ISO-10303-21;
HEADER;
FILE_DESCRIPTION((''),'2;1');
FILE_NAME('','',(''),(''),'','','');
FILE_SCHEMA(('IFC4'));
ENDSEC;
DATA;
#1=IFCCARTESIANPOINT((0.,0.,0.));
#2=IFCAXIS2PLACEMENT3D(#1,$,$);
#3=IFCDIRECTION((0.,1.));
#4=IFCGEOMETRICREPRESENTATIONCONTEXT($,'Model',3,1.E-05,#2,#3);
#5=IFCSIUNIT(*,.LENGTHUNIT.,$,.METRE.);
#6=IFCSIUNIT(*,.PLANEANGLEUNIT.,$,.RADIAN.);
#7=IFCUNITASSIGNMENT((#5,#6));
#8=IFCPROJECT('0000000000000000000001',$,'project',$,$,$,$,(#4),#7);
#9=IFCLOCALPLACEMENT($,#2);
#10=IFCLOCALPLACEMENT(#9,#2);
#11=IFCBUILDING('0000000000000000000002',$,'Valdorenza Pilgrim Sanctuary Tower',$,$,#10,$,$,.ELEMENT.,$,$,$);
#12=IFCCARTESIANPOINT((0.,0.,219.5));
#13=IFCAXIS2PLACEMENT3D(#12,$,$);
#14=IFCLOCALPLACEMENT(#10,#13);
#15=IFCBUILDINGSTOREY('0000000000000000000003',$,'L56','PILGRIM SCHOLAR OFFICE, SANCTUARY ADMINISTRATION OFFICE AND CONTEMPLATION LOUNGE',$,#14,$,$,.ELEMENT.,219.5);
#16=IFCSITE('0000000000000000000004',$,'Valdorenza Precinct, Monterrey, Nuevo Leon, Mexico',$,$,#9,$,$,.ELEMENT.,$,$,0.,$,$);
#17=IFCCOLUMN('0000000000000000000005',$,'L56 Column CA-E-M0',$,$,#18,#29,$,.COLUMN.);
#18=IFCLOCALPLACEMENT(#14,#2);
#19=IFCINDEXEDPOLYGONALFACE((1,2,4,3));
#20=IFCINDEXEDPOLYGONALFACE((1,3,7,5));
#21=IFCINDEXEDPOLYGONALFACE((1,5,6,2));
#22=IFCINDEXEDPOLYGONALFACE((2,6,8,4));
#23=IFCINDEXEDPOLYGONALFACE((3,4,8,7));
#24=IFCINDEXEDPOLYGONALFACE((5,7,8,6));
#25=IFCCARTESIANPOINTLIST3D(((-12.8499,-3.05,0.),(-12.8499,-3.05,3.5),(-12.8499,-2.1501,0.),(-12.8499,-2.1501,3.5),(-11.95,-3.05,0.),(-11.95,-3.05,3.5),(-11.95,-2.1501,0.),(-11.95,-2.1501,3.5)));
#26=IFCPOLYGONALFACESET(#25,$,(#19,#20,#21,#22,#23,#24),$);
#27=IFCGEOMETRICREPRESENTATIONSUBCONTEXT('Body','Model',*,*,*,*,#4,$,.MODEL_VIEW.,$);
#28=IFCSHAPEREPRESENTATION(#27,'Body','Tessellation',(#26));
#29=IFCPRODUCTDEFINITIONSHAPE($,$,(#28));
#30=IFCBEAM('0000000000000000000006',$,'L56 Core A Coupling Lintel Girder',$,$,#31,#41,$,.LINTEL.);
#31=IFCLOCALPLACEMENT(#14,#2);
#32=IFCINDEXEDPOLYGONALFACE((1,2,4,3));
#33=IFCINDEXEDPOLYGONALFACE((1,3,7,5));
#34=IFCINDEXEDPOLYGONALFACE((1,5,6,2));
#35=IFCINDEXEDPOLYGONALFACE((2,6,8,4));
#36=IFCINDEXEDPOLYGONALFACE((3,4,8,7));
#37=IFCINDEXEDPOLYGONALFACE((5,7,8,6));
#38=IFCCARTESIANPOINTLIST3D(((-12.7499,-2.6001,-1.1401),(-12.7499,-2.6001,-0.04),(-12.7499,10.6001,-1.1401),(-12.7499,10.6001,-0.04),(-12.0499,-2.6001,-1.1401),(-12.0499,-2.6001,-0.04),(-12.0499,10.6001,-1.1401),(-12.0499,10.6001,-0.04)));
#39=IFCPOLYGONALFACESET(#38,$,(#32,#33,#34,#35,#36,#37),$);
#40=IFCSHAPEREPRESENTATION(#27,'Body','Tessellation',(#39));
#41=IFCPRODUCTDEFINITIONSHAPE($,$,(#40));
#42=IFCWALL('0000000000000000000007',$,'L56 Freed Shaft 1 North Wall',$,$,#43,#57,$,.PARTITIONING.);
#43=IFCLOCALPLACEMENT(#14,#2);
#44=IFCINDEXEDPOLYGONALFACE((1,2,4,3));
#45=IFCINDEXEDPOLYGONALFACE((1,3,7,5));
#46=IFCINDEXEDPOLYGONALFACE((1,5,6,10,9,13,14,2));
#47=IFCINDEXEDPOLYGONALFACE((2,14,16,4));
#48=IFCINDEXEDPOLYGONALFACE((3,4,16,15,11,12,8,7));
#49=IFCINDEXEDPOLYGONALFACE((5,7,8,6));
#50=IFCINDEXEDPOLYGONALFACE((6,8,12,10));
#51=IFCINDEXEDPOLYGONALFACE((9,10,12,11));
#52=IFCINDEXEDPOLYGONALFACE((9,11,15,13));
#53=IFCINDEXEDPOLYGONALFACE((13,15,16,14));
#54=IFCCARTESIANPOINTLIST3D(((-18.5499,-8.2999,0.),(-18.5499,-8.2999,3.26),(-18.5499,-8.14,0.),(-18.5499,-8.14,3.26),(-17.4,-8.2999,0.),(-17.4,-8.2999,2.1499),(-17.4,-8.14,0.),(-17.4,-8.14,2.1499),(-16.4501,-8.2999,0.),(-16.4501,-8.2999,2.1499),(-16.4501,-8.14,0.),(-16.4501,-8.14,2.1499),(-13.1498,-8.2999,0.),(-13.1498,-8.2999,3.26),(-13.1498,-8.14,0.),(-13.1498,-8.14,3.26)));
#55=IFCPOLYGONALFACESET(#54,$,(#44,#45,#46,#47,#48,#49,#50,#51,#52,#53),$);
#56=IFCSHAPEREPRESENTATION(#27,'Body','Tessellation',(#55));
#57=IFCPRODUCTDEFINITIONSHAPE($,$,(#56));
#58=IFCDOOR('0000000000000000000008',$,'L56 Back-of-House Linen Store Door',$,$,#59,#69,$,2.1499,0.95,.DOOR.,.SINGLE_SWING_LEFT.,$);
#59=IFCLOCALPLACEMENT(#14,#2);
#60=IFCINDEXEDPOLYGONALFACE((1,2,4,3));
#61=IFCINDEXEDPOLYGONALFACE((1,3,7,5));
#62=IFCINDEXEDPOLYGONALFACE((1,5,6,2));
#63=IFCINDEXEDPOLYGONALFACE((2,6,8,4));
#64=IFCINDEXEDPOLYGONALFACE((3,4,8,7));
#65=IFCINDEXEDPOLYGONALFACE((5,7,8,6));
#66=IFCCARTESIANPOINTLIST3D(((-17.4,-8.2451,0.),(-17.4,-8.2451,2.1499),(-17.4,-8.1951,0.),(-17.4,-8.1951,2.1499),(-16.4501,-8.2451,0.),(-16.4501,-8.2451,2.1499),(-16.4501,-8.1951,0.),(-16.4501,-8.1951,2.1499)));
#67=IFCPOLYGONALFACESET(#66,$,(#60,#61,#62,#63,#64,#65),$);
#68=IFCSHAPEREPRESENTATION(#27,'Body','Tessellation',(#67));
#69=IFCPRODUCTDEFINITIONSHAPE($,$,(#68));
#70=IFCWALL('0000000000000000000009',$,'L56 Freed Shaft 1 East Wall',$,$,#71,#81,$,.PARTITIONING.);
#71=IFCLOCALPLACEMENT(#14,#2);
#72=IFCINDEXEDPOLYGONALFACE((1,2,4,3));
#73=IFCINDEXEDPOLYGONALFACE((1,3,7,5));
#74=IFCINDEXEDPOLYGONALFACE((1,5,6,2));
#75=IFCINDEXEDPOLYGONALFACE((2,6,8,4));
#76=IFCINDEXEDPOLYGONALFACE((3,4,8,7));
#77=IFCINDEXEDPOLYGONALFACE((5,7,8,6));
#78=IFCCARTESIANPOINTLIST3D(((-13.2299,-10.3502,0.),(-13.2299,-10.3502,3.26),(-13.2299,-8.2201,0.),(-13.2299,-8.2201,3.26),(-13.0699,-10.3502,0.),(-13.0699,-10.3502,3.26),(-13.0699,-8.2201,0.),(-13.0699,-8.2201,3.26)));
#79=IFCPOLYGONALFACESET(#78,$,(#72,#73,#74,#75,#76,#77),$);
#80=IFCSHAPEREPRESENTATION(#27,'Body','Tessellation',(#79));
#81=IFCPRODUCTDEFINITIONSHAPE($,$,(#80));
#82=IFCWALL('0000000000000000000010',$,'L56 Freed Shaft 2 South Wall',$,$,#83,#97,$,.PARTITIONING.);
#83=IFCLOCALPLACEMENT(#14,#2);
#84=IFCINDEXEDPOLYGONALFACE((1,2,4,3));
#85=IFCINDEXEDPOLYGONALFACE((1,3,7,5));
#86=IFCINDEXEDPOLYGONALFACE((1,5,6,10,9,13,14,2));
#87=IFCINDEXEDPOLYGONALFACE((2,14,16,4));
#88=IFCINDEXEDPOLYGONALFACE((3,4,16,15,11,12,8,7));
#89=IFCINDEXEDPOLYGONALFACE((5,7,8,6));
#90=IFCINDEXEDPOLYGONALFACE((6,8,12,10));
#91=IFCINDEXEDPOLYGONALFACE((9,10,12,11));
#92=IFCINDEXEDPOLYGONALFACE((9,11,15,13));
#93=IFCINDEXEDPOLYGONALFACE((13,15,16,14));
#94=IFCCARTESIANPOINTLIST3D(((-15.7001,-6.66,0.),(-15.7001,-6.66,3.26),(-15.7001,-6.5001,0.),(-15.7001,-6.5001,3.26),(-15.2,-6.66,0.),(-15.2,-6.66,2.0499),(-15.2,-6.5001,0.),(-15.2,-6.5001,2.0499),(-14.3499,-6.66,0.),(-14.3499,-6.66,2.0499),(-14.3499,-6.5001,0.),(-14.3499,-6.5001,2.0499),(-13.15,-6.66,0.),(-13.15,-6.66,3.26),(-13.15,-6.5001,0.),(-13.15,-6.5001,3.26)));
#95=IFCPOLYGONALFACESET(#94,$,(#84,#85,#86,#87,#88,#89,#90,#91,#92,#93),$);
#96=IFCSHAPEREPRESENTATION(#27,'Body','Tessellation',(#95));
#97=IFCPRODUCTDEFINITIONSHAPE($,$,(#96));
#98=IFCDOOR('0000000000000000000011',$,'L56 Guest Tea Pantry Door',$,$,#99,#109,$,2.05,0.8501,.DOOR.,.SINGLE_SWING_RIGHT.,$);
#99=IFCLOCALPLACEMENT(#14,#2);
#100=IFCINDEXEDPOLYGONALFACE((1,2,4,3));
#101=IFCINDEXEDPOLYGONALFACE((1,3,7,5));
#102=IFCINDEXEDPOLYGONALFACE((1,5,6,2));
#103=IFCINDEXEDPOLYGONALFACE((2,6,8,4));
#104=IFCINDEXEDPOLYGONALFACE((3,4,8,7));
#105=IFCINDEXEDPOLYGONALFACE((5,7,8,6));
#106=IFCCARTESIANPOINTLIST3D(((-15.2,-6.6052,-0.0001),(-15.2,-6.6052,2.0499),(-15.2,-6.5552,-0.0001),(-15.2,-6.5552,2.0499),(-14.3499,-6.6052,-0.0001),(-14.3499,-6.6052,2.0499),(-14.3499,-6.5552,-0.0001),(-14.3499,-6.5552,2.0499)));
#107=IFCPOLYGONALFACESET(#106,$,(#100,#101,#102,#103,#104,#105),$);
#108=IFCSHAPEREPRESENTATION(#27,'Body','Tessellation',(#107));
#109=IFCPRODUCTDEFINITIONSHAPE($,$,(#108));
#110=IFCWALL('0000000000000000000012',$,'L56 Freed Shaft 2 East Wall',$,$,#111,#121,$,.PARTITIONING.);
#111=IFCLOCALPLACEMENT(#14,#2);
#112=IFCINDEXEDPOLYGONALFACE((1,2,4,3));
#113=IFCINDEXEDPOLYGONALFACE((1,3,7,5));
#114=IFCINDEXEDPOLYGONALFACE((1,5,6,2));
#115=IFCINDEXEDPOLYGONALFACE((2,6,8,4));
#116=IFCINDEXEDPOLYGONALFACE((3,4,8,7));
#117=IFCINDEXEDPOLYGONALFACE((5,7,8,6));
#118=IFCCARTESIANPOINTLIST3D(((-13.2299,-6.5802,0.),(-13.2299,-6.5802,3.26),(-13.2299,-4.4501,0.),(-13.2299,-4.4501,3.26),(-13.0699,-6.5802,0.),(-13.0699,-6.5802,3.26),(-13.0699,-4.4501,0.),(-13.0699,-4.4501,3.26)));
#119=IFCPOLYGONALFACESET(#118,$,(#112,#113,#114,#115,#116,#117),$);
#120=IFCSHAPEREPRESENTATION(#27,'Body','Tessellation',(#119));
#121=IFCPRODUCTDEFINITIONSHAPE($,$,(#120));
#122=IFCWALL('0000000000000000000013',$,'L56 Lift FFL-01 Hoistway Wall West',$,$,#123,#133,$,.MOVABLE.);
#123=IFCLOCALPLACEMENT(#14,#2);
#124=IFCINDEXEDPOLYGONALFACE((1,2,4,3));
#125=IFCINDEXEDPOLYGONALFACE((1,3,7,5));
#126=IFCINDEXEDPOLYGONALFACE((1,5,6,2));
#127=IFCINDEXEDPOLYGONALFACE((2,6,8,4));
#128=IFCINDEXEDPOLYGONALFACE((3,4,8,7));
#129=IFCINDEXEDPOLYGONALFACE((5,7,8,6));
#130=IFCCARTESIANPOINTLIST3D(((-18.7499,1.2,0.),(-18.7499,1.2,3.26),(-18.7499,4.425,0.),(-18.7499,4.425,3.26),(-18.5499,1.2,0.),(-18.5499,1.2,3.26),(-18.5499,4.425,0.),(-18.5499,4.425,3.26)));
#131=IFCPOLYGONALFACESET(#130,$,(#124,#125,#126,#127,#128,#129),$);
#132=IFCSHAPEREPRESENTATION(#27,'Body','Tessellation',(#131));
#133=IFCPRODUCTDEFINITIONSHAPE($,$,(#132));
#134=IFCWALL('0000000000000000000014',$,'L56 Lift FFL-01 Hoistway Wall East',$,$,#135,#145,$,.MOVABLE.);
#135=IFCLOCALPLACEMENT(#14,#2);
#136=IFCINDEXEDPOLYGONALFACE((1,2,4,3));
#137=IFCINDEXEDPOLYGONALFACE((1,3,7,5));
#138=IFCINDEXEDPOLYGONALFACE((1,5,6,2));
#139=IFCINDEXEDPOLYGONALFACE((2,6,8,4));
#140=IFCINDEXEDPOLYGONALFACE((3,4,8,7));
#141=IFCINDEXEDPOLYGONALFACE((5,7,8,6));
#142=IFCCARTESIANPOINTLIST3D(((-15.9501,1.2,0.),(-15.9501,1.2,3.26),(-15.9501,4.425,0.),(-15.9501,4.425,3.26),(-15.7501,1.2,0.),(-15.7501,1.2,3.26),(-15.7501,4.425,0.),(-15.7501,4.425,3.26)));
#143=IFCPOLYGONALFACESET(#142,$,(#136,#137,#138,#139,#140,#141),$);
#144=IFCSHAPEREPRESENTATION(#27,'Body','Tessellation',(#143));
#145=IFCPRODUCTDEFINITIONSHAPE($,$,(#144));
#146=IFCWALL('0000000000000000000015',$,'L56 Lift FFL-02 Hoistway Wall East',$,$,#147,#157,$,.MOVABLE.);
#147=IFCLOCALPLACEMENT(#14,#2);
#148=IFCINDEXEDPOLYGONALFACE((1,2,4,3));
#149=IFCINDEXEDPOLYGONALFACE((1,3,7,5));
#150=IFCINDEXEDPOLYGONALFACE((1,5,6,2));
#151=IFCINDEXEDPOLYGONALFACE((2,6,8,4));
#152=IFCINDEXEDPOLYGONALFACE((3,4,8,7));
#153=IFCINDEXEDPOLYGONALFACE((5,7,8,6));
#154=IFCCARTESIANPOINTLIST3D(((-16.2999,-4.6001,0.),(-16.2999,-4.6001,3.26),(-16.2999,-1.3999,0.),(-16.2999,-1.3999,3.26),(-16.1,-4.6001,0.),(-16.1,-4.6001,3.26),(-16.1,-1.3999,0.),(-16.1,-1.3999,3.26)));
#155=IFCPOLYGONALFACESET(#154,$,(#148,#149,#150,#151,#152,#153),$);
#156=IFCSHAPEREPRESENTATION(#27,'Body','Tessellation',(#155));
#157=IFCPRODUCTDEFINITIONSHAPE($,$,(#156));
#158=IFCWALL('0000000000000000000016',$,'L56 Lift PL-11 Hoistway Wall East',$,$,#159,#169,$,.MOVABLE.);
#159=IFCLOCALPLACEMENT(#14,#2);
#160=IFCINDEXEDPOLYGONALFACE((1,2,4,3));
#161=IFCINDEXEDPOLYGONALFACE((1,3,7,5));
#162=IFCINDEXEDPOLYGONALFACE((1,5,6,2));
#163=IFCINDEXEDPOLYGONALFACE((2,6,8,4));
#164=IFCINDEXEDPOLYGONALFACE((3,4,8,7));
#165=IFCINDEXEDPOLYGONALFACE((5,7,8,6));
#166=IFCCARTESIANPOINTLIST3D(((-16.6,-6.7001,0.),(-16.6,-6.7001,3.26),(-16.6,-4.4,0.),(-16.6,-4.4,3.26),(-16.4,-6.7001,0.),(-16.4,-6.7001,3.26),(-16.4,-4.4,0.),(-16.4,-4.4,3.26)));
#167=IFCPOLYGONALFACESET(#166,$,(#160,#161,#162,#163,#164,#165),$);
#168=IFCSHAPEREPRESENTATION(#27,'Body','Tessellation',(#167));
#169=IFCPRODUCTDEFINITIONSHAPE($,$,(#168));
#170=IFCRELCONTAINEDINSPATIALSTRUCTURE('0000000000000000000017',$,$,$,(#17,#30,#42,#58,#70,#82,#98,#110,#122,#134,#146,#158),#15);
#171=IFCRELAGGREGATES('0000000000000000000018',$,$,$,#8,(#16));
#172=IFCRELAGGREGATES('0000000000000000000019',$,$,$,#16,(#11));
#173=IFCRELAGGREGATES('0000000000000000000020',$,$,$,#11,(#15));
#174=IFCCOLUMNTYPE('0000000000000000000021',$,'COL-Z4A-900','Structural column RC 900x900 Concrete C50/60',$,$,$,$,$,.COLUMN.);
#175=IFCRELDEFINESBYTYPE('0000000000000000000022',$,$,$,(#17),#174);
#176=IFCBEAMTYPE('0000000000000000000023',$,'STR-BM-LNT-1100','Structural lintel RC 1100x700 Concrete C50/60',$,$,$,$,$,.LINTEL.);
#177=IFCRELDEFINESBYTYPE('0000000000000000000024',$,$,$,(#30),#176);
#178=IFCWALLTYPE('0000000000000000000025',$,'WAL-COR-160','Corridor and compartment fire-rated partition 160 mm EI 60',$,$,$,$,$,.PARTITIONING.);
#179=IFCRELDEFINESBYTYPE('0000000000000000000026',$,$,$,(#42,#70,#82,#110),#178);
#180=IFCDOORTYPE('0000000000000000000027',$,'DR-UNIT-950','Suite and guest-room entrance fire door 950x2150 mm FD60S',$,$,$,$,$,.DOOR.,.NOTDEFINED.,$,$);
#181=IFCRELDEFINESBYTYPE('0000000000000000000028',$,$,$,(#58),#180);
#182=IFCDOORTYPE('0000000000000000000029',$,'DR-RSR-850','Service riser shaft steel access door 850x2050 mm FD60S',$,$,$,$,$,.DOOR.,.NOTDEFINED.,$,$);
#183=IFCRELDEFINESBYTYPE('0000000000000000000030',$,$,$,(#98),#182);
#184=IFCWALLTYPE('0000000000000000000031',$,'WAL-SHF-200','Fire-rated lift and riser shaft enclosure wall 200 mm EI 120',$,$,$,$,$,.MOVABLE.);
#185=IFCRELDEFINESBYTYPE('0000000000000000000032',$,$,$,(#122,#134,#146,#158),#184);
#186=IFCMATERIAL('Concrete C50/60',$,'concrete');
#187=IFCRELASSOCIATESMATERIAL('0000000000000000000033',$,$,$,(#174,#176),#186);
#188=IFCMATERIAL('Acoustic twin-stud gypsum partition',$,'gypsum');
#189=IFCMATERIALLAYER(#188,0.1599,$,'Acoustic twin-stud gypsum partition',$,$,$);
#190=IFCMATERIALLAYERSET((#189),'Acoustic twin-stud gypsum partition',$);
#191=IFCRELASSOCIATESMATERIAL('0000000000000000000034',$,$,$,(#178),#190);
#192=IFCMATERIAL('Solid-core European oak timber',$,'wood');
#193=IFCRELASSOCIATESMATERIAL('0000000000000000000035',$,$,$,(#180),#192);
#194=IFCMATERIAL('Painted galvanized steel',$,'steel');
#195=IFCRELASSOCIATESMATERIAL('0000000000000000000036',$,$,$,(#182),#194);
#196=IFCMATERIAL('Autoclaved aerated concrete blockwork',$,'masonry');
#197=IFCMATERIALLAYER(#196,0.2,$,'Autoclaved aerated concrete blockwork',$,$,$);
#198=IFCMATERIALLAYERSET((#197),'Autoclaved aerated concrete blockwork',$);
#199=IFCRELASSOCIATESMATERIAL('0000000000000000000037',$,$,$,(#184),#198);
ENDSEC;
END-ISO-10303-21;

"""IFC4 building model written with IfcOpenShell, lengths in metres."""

from ifc_helpers import new_model, si_unit, direction, frame, frame_2d, origin, origin_2d, place, context, subcontext, project, spatial, rectangle, extrude, source, transform, mapped, material, layer, layer_set, material_profile, profile_set, type_object, element, fill, save


model = new_model("IFC4")

# Units and contexts
model_context = context("Model", 3, precision=1e-05, world=origin(), true_north=direction((0.0, 1.0)))
body_context = subcontext(model_context, "Body", "Model", "MODEL_VIEW")
ifc_project = project(units=[si_unit("LENGTHUNIT", "METRE"), si_unit("PLANEANGLEUNIT", "RADIAN")], contexts=[model_context])

# Site, building, storey
site_placement = place(None, origin())
site = spatial("IfcSite", under=ifc_project, at=site_placement, Name="Valdorenza Precinct, Monterrey, Nuevo Leon, Mexico", CompositionType="ELEMENT", RefElevation=0.0)
building_placement = place(site_placement, origin())
building = spatial("IfcBuilding", under=site, at=building_placement, Name="Valdorenza Pilgrim Sanctuary Tower", CompositionType="ELEMENT")
storey_placement = place(building_placement, frame((0.0, 0.0, 219.5)))
storey = spatial("IfcBuildingStorey", under=building, at=storey_placement, Name="L56", Description="PILGRIM SCHOLAR OFFICE, SANCTUARY ADMINISTRATION OFFICE AND CONTEMPLATION LOUNGE", CompositionType="ELEMENT", Elevation=219.5)

# Column
ifc_material_1 = material(Name="Concrete C50/60", Category="concrete")
ifc_material_profile_1 = material_profile(ifc_material_1, rectangle(XDim=0.8999, YDim=0.8999, at=origin_2d()), Name="RC 900x900")
ifc_profile_set_1 = profile_set([ifc_material_profile_1], Name="Concrete C50/60")
column_type = type_object("IfcColumnType", Name="COL-Z4A-900", Description="Structural column RC 900x900 Concrete C50/60", PredefinedType="COLUMN", material=ifc_profile_set_1)
shared_shape_1 = source(origin(), body_context, "Body", "SweptSolid", [
    extrude(rectangle(XDim=0.8999, YDim=0.8999, at=origin_2d()), origin(), (0.0, 0.0, 1.0), 3.5),
])
column_placement = place(storey_placement, frame((-12.3999, -2.6001, 0.0), z_axis=(0.0, 0.0, 1.0), x_axis=(1.0, 0.0, 0.0)))
element("IfcColumn", 1, at=column_placement, inside=storey, type_object=column_type, Name="L56 Column CA-E-M0", PredefinedType="COLUMN", context=body_context, shape_type="MappedRepresentation", body=[
    mapped(shared_shape_1, transform((0.0, 0.0, 0.0), x_axis=(1.0, 0.0, 0.0), y_axis=(0.0, 1.0, 0.0), z_axis=(0.0, 0.0, 1.0), scale=1.0)),
])

# Beam
ifc_material_profile_2 = material_profile(ifc_material_1, rectangle(XDim=0.7, YDim=1.1001, at=origin_2d()), Name="RC 1100x700")
ifc_profile_set_2 = profile_set([ifc_material_profile_2], Name="Concrete C50/60")
beam_type = type_object("IfcBeamType", Name="STR-BM-LNT-1100", Description="Structural lintel RC 1100x700 Concrete C50/60", PredefinedType="LINTEL", material=ifc_profile_set_2)
shared_shape_2 = source(origin(), body_context, "Body", "SweptSolid", [
    extrude(rectangle(XDim=0.7, YDim=1.1001, at=origin_2d()), origin(), (0.0, 0.0, 1.0), 13.2002),
])
beam_placement = place(storey_placement, frame((-12.3999, -2.6001, -0.5901), z_axis=(0.0, 1.0, 0.0), x_axis=(-1.0, 0.0, 0.0)))
element("IfcBeam", 2, at=beam_placement, inside=storey, type_object=beam_type, Name="L56 Core A Coupling Lintel Girder", PredefinedType="LINTEL", context=body_context, shape_type="MappedRepresentation", body=[
    mapped(shared_shape_2, transform((0.0, 0.0, 0.0), x_axis=(1.0, 0.0, 0.0), y_axis=(0.0, 1.0, 0.0), z_axis=(0.0, 0.0, 1.0), scale=1.0)),
])

# Wall, opening, door
ifc_material_2 = material(Name="Acoustic twin-stud gypsum partition", Category="gypsum")
ifc_layer_1 = layer(ifc_material_2, 0.1599, Name="Acoustic twin-stud gypsum partition")
ifc_layer_set_1 = layer_set([ifc_layer_1], Name="Acoustic twin-stud gypsum partition")
wall_type_1 = type_object("IfcWallType", Name="WAL-COR-160", Description="Corridor and compartment fire-rated partition 160 mm EI 60", PredefinedType="PARTITIONING", material=ifc_layer_set_1)
wall_1_placement = place(storey_placement, frame((-18.55, -8.22, 0.0), z_axis=(0.0, 0.0, 1.0), x_axis=(1.0, 0.0, 0.0)))
wall_1 = element("IfcWall", 3, at=wall_1_placement, inside=storey, type_object=wall_type_1, Name="L56 Freed Shaft 1 North Wall", PredefinedType="PARTITIONING", context=body_context, shape_type="SweptSolid", body=[
    extrude(rectangle(XDim=5.4001, YDim=0.1599, at=frame_2d((2.7002, 0.0))), origin(), (0.0, 0.0, 1.0), 3.26),
])
opening_1_placement = place(wall_1_placement, frame((1.1499, 0.0, 0.0)))
opening_1 = element("IfcOpeningElement", 4, at=opening_1_placement, cuts=wall_1, PredefinedType="OPENING", context=body_context, shape_type="SweptSolid", body=[
    extrude(rectangle(XDim=0.95, YDim=2.1499, at=frame_2d((0.4751, 1.075))), frame((0.0, 0.0947, 0.0), z_axis=(0.0, -1.0, 0.0), x_axis=(1.0, 0.0, 0.0)), (0.0, 0.0, 1.0), 0.1897),
])
ifc_material_3 = material(Name="Solid-core European oak timber", Category="wood")
door_type_1 = type_object("IfcDoorType", Name="DR-UNIT-950", Description="Suite and guest-room entrance fire door 950x2150 mm FD60S", OperationType="NOTDEFINED", PredefinedType="DOOR", material=ifc_material_3)
door_1_placement = place(opening_1_placement, origin())
door_1 = element("IfcDoor", 5, at=door_1_placement, inside=storey, type_object=door_type_1, Name="L56 Back-of-House Linen Store Door", OperationType="SINGLE_SWING_LEFT", OverallHeight=2.1499, OverallWidth=0.95, PredefinedType="DOOR", context=body_context, shape_type="SweptSolid", body=[
    extrude(rectangle(XDim=0.95, YDim=2.1499, at=frame_2d((0.4751, 1.075))), frame((0.0, 0.0249, 0.0), z_axis=(0.0, -1.0, 0.0), x_axis=(1.0, 0.0, 0.0)), (0.0, 0.0, 1.0), 0.05),
])
fill(opening_1, door_1)

# Wall
wall_2_placement = place(storey_placement, frame((-13.1499, -10.3501, 0.0), z_axis=(0.0, 0.0, 1.0), x_axis=(0.0, 1.0, 0.0)))
element("IfcWall", 6, at=wall_2_placement, inside=storey, type_object=wall_type_1, Name="L56 Freed Shaft 1 East Wall", PredefinedType="PARTITIONING", context=body_context, shape_type="SweptSolid", body=[
    extrude(rectangle(XDim=2.1301, YDim=0.1599, at=frame_2d((1.0649, 0.0))), origin(), (0.0, 0.0, 1.0), 3.26),
])

# Wall, opening, door
wall_3_placement = place(storey_placement, frame((-15.7, -6.5801, 0.0), z_axis=(0.0, 0.0, 1.0), x_axis=(1.0, 0.0, 0.0)))
wall_3 = element("IfcWall", 7, at=wall_3_placement, inside=storey, type_object=wall_type_1, Name="L56 Freed Shaft 2 South Wall", PredefinedType="PARTITIONING", context=body_context, shape_type="SweptSolid", body=[
    extrude(rectangle(XDim=2.55, YDim=0.1599, at=frame_2d((1.2749, 0.0))), origin(), (0.0, 0.0, 1.0), 3.26),
])
opening_2_placement = place(wall_3_placement, frame((0.5, 0.0, 0.0)))
opening_2 = element("IfcOpeningElement", 8, at=opening_2_placement, cuts=wall_3, PredefinedType="OPENING", context=body_context, shape_type="SweptSolid", body=[
    extrude(rectangle(XDim=0.8501, YDim=2.05, at=frame_2d((0.425, 1.0249))), frame((0.0, 0.0947, 0.0), z_axis=(0.0, -1.0, 0.0), x_axis=(1.0, 0.0, 0.0)), (0.0, 0.0, 1.0), 0.1897),
])
ifc_material_4 = material(Name="Painted galvanized steel", Category="steel")
door_type_2 = type_object("IfcDoorType", Name="DR-RSR-850", Description="Service riser shaft steel access door 850x2050 mm FD60S", OperationType="NOTDEFINED", PredefinedType="DOOR", material=ifc_material_4)
door_2_placement = place(opening_2_placement, origin())
door_2 = element("IfcDoor", 9, at=door_2_placement, inside=storey, type_object=door_type_2, Name="L56 Guest Tea Pantry Door", OperationType="SINGLE_SWING_RIGHT", OverallHeight=2.05, OverallWidth=0.8501, PredefinedType="DOOR", context=body_context, shape_type="SweptSolid", body=[
    extrude(rectangle(XDim=0.8501, YDim=2.05, at=frame_2d((0.425, 1.0249))), frame((0.0, 0.0249, 0.0), z_axis=(0.0, -1.0, 0.0), x_axis=(1.0, 0.0, 0.0)), (0.0, 0.0, 1.0), 0.05),
])
fill(opening_2, door_2)

# Wall
wall_4_placement = place(storey_placement, frame((-13.1499, -6.5801, 0.0), z_axis=(0.0, 0.0, 1.0), x_axis=(0.0, 1.0, 0.0)))
element("IfcWall", 10, at=wall_4_placement, inside=storey, type_object=wall_type_1, Name="L56 Freed Shaft 2 East Wall", PredefinedType="PARTITIONING", context=body_context, shape_type="SweptSolid", body=[
    extrude(rectangle(XDim=2.1301, YDim=0.1599, at=frame_2d((1.0649, 0.0))), origin(), (0.0, 0.0, 1.0), 3.26),
])

# Walls
ifc_material_5 = material(Name="Autoclaved aerated concrete blockwork", Category="masonry")
ifc_layer_2 = layer(ifc_material_5, 0.2, Name="Autoclaved aerated concrete blockwork")
ifc_layer_set_2 = layer_set([ifc_layer_2], Name="Autoclaved aerated concrete blockwork")
wall_type_2 = type_object("IfcWallType", Name="WAL-SHF-200", Description="Fire-rated lift and riser shaft enclosure wall 200 mm EI 120", PredefinedType="MOVABLE", material=ifc_layer_set_2)
for number, where, z_axis, x_axis, name in (
    (11, (-18.6499, 1.2, 0.0), (0.0, 0.0, 1.0), (0.0, 1.0, 0.0), "L56 Lift FFL-01 Hoistway Wall West"),
    (12, (-15.8501, 1.2, 0.0), (0.0, 0.0, 1.0), (0.0, 1.0, 0.0), "L56 Lift FFL-01 Hoistway Wall East"),
):
    element("IfcWall", number, at=place(storey_placement, frame(where, z_axis=z_axis, x_axis=x_axis)), inside=storey, type_object=wall_type_2, Name=name, PredefinedType="MOVABLE", context=body_context, shape_type="SweptSolid", body=[
        extrude(rectangle(XDim=3.2251, YDim=0.2, at=frame_2d((1.6125, 0.0))), origin(), (0.0, 0.0, 1.0), 3.26),
    ])
wall_5_placement = place(storey_placement, frame((-16.2, -4.6001, 0.0), z_axis=(0.0, 0.0, 1.0), x_axis=(0.0, 1.0, 0.0)))
element("IfcWall", 13, at=wall_5_placement, inside=storey, type_object=wall_type_2, Name="L56 Lift FFL-02 Hoistway Wall East", PredefinedType="MOVABLE", context=body_context, shape_type="SweptSolid", body=[
    extrude(rectangle(XDim=3.2002, YDim=0.2, at=frame_2d((1.6001, 0.0))), origin(), (0.0, 0.0, 1.0), 3.26),
])
wall_6_placement = place(storey_placement, frame((-16.5, -6.7, 0.0), z_axis=(0.0, 0.0, 1.0), x_axis=(0.0, 1.0, 0.0)))
element("IfcWall", 14, at=wall_6_placement, inside=storey, type_object=wall_type_2, Name="L56 Lift PL-11 Hoistway Wall East", PredefinedType="MOVABLE", context=body_context, shape_type="SweptSolid", body=[
    extrude(rectangle(XDim=2.3, YDim=0.2, at=frame_2d((1.1499, 0.0))), origin(), (0.0, 0.0, 1.0), 3.26),
])

save(model, "model.ifc")
